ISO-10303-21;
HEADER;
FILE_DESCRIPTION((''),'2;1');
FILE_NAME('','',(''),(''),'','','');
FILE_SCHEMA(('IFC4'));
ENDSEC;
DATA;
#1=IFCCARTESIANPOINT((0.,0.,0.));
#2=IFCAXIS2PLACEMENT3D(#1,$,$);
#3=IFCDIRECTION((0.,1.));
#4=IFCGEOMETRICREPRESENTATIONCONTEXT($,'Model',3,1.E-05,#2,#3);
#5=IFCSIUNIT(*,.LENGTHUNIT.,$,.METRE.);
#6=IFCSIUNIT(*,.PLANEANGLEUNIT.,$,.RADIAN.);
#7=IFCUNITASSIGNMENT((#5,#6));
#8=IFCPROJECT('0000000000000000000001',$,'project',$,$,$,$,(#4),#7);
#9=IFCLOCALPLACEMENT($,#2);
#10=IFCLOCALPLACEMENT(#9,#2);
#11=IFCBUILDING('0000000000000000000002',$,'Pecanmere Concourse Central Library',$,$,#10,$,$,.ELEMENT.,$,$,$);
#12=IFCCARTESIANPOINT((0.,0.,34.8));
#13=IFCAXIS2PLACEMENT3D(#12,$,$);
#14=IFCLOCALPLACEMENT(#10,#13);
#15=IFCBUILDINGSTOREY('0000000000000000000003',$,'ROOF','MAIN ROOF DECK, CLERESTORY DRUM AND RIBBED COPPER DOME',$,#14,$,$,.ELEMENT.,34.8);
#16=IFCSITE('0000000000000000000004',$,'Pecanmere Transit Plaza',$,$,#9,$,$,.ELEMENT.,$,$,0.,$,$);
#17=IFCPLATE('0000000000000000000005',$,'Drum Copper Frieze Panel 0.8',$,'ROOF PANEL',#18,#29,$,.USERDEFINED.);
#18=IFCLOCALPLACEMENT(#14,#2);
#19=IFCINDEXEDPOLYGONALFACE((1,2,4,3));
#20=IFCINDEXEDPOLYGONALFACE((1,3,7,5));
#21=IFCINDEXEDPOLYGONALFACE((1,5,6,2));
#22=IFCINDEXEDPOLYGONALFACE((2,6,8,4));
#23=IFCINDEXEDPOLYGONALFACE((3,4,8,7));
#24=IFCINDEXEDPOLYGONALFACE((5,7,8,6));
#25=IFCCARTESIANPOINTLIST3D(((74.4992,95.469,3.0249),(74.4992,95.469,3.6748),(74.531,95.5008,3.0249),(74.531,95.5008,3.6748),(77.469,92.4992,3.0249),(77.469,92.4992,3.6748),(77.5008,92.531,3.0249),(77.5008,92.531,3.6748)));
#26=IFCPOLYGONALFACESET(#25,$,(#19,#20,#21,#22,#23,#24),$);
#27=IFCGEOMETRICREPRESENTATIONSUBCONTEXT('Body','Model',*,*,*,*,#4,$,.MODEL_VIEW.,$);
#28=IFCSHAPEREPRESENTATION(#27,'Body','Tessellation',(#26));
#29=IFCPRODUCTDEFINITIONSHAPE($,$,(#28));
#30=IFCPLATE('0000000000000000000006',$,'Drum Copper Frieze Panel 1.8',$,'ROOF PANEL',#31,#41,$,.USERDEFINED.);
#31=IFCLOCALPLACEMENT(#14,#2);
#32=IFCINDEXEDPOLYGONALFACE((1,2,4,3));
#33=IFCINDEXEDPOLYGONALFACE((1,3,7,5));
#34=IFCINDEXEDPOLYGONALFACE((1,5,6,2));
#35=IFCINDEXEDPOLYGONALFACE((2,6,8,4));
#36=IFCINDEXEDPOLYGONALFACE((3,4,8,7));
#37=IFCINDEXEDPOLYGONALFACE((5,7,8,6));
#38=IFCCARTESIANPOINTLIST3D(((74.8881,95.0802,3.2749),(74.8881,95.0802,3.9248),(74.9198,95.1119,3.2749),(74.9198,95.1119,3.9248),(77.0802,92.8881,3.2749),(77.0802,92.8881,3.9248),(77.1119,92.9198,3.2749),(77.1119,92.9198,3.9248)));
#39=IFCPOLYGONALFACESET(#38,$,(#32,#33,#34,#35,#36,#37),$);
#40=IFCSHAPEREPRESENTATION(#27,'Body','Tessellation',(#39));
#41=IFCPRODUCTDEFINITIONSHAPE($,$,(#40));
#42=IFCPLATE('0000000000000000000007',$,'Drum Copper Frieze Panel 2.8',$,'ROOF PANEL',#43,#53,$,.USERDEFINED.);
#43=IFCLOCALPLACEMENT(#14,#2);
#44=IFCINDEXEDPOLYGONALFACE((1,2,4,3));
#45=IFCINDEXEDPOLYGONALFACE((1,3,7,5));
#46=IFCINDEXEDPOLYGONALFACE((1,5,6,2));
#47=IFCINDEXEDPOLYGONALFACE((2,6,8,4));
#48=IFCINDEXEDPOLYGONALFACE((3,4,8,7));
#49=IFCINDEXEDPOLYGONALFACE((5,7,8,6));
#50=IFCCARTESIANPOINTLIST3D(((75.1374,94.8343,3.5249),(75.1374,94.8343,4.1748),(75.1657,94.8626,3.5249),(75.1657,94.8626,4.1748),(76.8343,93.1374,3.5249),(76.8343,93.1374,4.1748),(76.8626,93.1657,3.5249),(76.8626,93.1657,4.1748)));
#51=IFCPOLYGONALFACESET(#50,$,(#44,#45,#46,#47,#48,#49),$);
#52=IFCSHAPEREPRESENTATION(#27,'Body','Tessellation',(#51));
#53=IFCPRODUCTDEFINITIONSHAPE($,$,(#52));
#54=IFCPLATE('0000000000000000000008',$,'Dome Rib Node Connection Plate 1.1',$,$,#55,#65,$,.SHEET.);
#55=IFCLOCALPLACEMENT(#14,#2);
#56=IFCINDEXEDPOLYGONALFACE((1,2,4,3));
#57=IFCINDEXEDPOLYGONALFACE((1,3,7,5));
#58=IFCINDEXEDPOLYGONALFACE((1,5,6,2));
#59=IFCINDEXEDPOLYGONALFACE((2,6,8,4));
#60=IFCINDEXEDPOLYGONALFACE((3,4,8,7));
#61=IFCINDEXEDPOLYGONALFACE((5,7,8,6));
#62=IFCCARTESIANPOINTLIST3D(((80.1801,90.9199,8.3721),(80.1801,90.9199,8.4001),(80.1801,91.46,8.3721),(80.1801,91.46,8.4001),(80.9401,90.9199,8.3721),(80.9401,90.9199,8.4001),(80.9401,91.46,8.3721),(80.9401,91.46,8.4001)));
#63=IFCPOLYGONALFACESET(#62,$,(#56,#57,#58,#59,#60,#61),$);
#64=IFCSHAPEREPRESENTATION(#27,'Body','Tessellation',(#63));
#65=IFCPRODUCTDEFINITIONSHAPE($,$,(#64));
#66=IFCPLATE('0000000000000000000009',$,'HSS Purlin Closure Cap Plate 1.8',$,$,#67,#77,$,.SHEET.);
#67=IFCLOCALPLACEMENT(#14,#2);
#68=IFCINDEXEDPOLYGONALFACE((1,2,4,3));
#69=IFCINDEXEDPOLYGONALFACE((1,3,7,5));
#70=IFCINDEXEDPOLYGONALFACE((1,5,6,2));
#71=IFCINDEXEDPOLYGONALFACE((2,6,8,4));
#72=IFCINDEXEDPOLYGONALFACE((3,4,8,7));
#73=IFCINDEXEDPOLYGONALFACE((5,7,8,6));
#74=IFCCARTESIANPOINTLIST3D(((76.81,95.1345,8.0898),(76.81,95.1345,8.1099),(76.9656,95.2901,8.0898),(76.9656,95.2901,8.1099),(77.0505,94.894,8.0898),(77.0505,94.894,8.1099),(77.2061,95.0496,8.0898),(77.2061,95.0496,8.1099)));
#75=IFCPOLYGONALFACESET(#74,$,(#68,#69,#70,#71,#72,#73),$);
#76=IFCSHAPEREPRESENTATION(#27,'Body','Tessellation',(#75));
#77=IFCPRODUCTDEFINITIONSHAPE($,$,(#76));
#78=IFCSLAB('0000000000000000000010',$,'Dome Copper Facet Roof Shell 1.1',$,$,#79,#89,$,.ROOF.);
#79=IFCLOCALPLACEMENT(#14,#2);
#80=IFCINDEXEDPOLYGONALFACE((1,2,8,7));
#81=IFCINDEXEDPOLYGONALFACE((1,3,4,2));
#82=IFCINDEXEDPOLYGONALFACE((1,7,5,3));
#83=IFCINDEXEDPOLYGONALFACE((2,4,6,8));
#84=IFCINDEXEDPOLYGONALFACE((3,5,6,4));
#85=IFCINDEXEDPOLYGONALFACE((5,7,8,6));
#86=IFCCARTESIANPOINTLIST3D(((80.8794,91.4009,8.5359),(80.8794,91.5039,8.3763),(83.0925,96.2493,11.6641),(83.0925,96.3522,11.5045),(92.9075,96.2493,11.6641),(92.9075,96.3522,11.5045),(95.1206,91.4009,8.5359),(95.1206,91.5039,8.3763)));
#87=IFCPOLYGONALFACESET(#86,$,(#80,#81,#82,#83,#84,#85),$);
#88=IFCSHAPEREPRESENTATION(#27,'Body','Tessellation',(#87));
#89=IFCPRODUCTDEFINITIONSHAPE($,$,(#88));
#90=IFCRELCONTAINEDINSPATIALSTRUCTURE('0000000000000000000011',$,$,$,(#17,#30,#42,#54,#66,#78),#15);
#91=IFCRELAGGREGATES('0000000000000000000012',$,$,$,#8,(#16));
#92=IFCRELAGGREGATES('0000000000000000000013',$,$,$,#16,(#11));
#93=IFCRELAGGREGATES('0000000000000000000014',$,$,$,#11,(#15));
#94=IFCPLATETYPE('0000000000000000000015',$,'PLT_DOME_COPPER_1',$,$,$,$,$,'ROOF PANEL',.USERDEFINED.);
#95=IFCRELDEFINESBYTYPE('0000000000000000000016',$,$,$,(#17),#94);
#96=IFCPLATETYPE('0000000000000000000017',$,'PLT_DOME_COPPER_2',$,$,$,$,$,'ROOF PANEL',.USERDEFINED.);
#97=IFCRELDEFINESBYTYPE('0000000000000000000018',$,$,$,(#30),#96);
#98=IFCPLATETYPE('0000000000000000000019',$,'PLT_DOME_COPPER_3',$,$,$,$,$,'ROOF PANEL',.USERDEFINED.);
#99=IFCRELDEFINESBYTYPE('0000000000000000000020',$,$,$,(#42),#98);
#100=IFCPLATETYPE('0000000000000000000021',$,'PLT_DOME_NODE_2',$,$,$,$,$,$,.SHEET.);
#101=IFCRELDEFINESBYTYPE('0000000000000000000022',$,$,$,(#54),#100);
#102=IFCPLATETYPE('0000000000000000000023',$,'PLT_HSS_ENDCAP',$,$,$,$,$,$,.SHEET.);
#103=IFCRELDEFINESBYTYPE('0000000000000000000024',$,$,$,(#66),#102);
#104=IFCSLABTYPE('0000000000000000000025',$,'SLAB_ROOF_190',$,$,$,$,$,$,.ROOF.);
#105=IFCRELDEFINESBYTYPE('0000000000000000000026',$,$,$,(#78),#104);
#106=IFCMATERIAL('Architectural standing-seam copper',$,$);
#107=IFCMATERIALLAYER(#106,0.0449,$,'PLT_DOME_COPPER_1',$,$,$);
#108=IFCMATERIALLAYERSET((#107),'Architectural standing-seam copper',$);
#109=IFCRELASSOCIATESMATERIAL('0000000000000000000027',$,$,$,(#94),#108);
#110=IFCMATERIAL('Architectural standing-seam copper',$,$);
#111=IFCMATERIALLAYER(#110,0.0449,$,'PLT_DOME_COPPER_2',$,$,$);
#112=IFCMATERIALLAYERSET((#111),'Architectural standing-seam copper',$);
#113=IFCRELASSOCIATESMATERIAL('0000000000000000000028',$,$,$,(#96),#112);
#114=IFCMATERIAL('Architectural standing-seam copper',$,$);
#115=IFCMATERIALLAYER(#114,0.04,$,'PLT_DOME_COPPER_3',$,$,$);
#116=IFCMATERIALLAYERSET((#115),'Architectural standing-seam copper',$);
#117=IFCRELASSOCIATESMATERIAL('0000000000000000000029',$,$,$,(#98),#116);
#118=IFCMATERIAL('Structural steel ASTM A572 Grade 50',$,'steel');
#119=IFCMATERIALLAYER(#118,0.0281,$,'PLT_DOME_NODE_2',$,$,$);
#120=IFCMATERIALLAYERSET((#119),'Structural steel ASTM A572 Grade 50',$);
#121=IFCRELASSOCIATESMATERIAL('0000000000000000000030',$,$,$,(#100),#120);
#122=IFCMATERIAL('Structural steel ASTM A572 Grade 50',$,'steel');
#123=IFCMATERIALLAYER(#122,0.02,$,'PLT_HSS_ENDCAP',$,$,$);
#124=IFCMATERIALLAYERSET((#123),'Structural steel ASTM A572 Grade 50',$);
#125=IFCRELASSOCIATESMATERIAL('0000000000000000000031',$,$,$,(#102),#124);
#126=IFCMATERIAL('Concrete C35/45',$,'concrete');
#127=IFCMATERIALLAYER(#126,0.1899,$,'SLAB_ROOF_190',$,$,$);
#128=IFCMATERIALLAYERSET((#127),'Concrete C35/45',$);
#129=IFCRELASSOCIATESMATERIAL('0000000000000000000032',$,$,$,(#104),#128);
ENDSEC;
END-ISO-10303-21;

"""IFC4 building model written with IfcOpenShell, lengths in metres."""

from ifc_helpers import new_model, si_unit, direction, frame, origin, origin_2d, place, context, subcontext, project, spatial, polyline, rectangle, outline, extrude, material, layer, layer_set, type_object, element, save


model = new_model("IFC4")

# Units and contexts
model_context = context("Model", 3, precision=1e-05, world=origin(), true_north=direction((0.0, 1.0)))
body_context = subcontext(model_context, "Body", "Model", "MODEL_VIEW")
ifc_project = project(units=[si_unit("LENGTHUNIT", "METRE"), si_unit("PLANEANGLEUNIT", "RADIAN")], contexts=[model_context])

# Site, building, storey
site_placement = place(None, origin())
site = spatial("IfcSite", under=ifc_project, at=site_placement, Name="Pecanmere Transit Plaza", CompositionType="ELEMENT", RefElevation=0.0)
building_placement = place(site_placement, origin())
building = spatial("IfcBuilding", under=site, at=building_placement, Name="Pecanmere Concourse Central Library", CompositionType="ELEMENT")
storey_placement = place(building_placement, frame((0.0, 0.0, 34.8)))
storey = spatial("IfcBuildingStorey", under=building, at=storey_placement, Name="ROOF", Description="MAIN ROOF DECK, CLERESTORY DRUM AND RIBBED COPPER DOME", CompositionType="ELEMENT", Elevation=34.8)

# Plates
ifc_material_1 = material(Name="Architectural standing-seam copper")
ifc_layer_1 = layer(ifc_material_1, 0.0449, Name="PLT_DOME_COPPER_1")
ifc_layer_set_1 = layer_set([ifc_layer_1], Name="Architectural standing-seam copper")
plate_type_1 = type_object("IfcPlateType", Name="PLT_DOME_COPPER_1", ElementType="ROOF PANEL", PredefinedType="USERDEFINED", material=ifc_layer_set_1)
for number, where, z_axis, x_axis, name in (
    (1, (76.0, 94.0, 3.0249), (0.0, 0.0, 1.0), (0.707107, -0.707107, 0.0), "Drum Copper Frieze Panel 0.8"),
):
    element("IfcPlate", number, at=place(storey_placement, frame(where, z_axis=z_axis, x_axis=x_axis)), inside=storey, type_object=plate_type_1, Name=name, ObjectType="ROOF PANEL", PredefinedType="USERDEFINED", context=body_context, shape_type="SweptSolid", body=[
        extrude(rectangle(XDim=4.2, YDim=0.0449, at=origin_2d()), origin(), (0.0, 0.0, 1.0), 0.6499),
    ])
ifc_material_2 = material(Name="Architectural standing-seam copper")
ifc_layer_2 = layer(ifc_material_2, 0.0449, Name="PLT_DOME_COPPER_2")
ifc_layer_set_2 = layer_set([ifc_layer_2], Name="Architectural standing-seam copper")
plate_type_2 = type_object("IfcPlateType", Name="PLT_DOME_COPPER_2", ElementType="ROOF PANEL", PredefinedType="USERDEFINED", material=ifc_layer_set_2)
plate_1_placement = place(storey_placement, frame((76.0, 94.0, 3.2749), z_axis=(0.0, 0.0, 1.0), x_axis=(0.707107, -0.707107, 0.0)))
element("IfcPlate", 2, at=plate_1_placement, inside=storey, type_object=plate_type_2, Name="Drum Copper Frieze Panel 1.8", ObjectType="ROOF PANEL", PredefinedType="USERDEFINED", context=body_context, shape_type="SweptSolid", body=[
    extrude(rectangle(XDim=3.1001, YDim=0.0449, at=origin_2d()), origin(), (0.0, 0.0, 1.0), 0.6499),
])
ifc_material_3 = material(Name="Architectural standing-seam copper")
ifc_layer_3 = layer(ifc_material_3, 0.04, Name="PLT_DOME_COPPER_3")
ifc_layer_set_3 = layer_set([ifc_layer_3], Name="Architectural standing-seam copper")
plate_type_3 = type_object("IfcPlateType", Name="PLT_DOME_COPPER_3", ElementType="ROOF PANEL", PredefinedType="USERDEFINED", material=ifc_layer_set_3)
plate_2_placement = place(storey_placement, frame((76.0, 94.0, 3.5249), z_axis=(0.0, 0.0, 1.0), x_axis=(0.707107, -0.707107, 0.0)))
element("IfcPlate", 3, at=plate_2_placement, inside=storey, type_object=plate_type_3, Name="Drum Copper Frieze Panel 2.8", ObjectType="ROOF PANEL", PredefinedType="USERDEFINED", context=body_context, shape_type="SweptSolid", body=[
    extrude(rectangle(XDim=2.3999, YDim=0.04, at=origin_2d()), origin(), (0.0, 0.0, 1.0), 0.6499),
])
ifc_material_4 = material(Name="Structural steel ASTM A572 Grade 50", Category="steel")
ifc_layer_4 = layer(ifc_material_4, 0.0281, Name="PLT_DOME_NODE_2")
ifc_layer_set_4 = layer_set([ifc_layer_4], Name="Structural steel ASTM A572 Grade 50")
plate_type_4 = type_object("IfcPlateType", Name="PLT_DOME_NODE_2", PredefinedType="SHEET", material=ifc_layer_set_4)
plate_3_placement = place(storey_placement, frame((80.5601, 91.1899, 8.3721), z_axis=(0.0, 0.0, 1.0), x_axis=(1.0, 0.0, 0.0)))
element("IfcPlate", 4, at=plate_3_placement, inside=storey, type_object=plate_type_4, Name="Dome Rib Node Connection Plate 1.1", PredefinedType="SHEET", context=body_context, shape_type="SweptSolid", body=[
    extrude(rectangle(XDim=0.76, YDim=0.54, at=origin_2d()), origin(), (0.0, 0.0, 1.0), 0.0281),
])
ifc_material_5 = material(Name="Structural steel ASTM A572 Grade 50", Category="steel")
ifc_layer_5 = layer(ifc_material_5, 0.02, Name="PLT_HSS_ENDCAP")
ifc_layer_set_5 = layer_set([ifc_layer_5], Name="Structural steel ASTM A572 Grade 50")
plate_type_5 = type_object("IfcPlateType", Name="PLT_HSS_ENDCAP", PredefinedType="SHEET", material=ifc_layer_set_5)
plate_4_placement = place(storey_placement, frame((77.0081, 95.092, 8.0898), z_axis=(0.0, 0.0, 1.0), x_axis=(0.707107, -0.707107, 0.0)))
element("IfcPlate", 5, at=plate_4_placement, inside=storey, type_object=plate_type_5, Name="HSS Purlin Closure Cap Plate 1.8", PredefinedType="SHEET", context=body_context, shape_type="SweptSolid", body=[
    extrude(rectangle(XDim=0.3401, YDim=0.22, at=origin_2d()), origin(), (0.0, 0.0, 1.0), 0.02),
])

# Slab
ifc_material_6 = material(Name="Concrete C35/45", Category="concrete")
ifc_layer_6 = layer(ifc_material_6, 0.1899, Name="SLAB_ROOF_190")
ifc_layer_set_6 = layer_set([ifc_layer_6], Name="Concrete C35/45")
slab_type = type_object("IfcSlabType", Name="SLAB_ROOF_190", PredefinedType="ROOF", material=ifc_layer_set_6)
slab_placement = place(storey_placement, frame((80.8794, 91.4009, 8.5359), z_axis=(0.0, -0.542149, 0.840282), x_axis=(1.0, 0.0, 0.0)))
element("IfcSlab", 6, at=slab_placement, inside=storey, type_object=slab_type, Name="Dome Copper Facet Roof Shell 1.1", PredefinedType="ROOF", context=body_context, shape_type="SweptSolid", body=[
    extrude(outline(polyline([(0.0, 0.0), (14.2412, 0.0), (12.0281, 5.77), (2.2131, 5.77), (0.0, 0.0)])), origin(), (0.0, 0.0, -1.0), 0.1899),
])

save(model, "model.ifc")
